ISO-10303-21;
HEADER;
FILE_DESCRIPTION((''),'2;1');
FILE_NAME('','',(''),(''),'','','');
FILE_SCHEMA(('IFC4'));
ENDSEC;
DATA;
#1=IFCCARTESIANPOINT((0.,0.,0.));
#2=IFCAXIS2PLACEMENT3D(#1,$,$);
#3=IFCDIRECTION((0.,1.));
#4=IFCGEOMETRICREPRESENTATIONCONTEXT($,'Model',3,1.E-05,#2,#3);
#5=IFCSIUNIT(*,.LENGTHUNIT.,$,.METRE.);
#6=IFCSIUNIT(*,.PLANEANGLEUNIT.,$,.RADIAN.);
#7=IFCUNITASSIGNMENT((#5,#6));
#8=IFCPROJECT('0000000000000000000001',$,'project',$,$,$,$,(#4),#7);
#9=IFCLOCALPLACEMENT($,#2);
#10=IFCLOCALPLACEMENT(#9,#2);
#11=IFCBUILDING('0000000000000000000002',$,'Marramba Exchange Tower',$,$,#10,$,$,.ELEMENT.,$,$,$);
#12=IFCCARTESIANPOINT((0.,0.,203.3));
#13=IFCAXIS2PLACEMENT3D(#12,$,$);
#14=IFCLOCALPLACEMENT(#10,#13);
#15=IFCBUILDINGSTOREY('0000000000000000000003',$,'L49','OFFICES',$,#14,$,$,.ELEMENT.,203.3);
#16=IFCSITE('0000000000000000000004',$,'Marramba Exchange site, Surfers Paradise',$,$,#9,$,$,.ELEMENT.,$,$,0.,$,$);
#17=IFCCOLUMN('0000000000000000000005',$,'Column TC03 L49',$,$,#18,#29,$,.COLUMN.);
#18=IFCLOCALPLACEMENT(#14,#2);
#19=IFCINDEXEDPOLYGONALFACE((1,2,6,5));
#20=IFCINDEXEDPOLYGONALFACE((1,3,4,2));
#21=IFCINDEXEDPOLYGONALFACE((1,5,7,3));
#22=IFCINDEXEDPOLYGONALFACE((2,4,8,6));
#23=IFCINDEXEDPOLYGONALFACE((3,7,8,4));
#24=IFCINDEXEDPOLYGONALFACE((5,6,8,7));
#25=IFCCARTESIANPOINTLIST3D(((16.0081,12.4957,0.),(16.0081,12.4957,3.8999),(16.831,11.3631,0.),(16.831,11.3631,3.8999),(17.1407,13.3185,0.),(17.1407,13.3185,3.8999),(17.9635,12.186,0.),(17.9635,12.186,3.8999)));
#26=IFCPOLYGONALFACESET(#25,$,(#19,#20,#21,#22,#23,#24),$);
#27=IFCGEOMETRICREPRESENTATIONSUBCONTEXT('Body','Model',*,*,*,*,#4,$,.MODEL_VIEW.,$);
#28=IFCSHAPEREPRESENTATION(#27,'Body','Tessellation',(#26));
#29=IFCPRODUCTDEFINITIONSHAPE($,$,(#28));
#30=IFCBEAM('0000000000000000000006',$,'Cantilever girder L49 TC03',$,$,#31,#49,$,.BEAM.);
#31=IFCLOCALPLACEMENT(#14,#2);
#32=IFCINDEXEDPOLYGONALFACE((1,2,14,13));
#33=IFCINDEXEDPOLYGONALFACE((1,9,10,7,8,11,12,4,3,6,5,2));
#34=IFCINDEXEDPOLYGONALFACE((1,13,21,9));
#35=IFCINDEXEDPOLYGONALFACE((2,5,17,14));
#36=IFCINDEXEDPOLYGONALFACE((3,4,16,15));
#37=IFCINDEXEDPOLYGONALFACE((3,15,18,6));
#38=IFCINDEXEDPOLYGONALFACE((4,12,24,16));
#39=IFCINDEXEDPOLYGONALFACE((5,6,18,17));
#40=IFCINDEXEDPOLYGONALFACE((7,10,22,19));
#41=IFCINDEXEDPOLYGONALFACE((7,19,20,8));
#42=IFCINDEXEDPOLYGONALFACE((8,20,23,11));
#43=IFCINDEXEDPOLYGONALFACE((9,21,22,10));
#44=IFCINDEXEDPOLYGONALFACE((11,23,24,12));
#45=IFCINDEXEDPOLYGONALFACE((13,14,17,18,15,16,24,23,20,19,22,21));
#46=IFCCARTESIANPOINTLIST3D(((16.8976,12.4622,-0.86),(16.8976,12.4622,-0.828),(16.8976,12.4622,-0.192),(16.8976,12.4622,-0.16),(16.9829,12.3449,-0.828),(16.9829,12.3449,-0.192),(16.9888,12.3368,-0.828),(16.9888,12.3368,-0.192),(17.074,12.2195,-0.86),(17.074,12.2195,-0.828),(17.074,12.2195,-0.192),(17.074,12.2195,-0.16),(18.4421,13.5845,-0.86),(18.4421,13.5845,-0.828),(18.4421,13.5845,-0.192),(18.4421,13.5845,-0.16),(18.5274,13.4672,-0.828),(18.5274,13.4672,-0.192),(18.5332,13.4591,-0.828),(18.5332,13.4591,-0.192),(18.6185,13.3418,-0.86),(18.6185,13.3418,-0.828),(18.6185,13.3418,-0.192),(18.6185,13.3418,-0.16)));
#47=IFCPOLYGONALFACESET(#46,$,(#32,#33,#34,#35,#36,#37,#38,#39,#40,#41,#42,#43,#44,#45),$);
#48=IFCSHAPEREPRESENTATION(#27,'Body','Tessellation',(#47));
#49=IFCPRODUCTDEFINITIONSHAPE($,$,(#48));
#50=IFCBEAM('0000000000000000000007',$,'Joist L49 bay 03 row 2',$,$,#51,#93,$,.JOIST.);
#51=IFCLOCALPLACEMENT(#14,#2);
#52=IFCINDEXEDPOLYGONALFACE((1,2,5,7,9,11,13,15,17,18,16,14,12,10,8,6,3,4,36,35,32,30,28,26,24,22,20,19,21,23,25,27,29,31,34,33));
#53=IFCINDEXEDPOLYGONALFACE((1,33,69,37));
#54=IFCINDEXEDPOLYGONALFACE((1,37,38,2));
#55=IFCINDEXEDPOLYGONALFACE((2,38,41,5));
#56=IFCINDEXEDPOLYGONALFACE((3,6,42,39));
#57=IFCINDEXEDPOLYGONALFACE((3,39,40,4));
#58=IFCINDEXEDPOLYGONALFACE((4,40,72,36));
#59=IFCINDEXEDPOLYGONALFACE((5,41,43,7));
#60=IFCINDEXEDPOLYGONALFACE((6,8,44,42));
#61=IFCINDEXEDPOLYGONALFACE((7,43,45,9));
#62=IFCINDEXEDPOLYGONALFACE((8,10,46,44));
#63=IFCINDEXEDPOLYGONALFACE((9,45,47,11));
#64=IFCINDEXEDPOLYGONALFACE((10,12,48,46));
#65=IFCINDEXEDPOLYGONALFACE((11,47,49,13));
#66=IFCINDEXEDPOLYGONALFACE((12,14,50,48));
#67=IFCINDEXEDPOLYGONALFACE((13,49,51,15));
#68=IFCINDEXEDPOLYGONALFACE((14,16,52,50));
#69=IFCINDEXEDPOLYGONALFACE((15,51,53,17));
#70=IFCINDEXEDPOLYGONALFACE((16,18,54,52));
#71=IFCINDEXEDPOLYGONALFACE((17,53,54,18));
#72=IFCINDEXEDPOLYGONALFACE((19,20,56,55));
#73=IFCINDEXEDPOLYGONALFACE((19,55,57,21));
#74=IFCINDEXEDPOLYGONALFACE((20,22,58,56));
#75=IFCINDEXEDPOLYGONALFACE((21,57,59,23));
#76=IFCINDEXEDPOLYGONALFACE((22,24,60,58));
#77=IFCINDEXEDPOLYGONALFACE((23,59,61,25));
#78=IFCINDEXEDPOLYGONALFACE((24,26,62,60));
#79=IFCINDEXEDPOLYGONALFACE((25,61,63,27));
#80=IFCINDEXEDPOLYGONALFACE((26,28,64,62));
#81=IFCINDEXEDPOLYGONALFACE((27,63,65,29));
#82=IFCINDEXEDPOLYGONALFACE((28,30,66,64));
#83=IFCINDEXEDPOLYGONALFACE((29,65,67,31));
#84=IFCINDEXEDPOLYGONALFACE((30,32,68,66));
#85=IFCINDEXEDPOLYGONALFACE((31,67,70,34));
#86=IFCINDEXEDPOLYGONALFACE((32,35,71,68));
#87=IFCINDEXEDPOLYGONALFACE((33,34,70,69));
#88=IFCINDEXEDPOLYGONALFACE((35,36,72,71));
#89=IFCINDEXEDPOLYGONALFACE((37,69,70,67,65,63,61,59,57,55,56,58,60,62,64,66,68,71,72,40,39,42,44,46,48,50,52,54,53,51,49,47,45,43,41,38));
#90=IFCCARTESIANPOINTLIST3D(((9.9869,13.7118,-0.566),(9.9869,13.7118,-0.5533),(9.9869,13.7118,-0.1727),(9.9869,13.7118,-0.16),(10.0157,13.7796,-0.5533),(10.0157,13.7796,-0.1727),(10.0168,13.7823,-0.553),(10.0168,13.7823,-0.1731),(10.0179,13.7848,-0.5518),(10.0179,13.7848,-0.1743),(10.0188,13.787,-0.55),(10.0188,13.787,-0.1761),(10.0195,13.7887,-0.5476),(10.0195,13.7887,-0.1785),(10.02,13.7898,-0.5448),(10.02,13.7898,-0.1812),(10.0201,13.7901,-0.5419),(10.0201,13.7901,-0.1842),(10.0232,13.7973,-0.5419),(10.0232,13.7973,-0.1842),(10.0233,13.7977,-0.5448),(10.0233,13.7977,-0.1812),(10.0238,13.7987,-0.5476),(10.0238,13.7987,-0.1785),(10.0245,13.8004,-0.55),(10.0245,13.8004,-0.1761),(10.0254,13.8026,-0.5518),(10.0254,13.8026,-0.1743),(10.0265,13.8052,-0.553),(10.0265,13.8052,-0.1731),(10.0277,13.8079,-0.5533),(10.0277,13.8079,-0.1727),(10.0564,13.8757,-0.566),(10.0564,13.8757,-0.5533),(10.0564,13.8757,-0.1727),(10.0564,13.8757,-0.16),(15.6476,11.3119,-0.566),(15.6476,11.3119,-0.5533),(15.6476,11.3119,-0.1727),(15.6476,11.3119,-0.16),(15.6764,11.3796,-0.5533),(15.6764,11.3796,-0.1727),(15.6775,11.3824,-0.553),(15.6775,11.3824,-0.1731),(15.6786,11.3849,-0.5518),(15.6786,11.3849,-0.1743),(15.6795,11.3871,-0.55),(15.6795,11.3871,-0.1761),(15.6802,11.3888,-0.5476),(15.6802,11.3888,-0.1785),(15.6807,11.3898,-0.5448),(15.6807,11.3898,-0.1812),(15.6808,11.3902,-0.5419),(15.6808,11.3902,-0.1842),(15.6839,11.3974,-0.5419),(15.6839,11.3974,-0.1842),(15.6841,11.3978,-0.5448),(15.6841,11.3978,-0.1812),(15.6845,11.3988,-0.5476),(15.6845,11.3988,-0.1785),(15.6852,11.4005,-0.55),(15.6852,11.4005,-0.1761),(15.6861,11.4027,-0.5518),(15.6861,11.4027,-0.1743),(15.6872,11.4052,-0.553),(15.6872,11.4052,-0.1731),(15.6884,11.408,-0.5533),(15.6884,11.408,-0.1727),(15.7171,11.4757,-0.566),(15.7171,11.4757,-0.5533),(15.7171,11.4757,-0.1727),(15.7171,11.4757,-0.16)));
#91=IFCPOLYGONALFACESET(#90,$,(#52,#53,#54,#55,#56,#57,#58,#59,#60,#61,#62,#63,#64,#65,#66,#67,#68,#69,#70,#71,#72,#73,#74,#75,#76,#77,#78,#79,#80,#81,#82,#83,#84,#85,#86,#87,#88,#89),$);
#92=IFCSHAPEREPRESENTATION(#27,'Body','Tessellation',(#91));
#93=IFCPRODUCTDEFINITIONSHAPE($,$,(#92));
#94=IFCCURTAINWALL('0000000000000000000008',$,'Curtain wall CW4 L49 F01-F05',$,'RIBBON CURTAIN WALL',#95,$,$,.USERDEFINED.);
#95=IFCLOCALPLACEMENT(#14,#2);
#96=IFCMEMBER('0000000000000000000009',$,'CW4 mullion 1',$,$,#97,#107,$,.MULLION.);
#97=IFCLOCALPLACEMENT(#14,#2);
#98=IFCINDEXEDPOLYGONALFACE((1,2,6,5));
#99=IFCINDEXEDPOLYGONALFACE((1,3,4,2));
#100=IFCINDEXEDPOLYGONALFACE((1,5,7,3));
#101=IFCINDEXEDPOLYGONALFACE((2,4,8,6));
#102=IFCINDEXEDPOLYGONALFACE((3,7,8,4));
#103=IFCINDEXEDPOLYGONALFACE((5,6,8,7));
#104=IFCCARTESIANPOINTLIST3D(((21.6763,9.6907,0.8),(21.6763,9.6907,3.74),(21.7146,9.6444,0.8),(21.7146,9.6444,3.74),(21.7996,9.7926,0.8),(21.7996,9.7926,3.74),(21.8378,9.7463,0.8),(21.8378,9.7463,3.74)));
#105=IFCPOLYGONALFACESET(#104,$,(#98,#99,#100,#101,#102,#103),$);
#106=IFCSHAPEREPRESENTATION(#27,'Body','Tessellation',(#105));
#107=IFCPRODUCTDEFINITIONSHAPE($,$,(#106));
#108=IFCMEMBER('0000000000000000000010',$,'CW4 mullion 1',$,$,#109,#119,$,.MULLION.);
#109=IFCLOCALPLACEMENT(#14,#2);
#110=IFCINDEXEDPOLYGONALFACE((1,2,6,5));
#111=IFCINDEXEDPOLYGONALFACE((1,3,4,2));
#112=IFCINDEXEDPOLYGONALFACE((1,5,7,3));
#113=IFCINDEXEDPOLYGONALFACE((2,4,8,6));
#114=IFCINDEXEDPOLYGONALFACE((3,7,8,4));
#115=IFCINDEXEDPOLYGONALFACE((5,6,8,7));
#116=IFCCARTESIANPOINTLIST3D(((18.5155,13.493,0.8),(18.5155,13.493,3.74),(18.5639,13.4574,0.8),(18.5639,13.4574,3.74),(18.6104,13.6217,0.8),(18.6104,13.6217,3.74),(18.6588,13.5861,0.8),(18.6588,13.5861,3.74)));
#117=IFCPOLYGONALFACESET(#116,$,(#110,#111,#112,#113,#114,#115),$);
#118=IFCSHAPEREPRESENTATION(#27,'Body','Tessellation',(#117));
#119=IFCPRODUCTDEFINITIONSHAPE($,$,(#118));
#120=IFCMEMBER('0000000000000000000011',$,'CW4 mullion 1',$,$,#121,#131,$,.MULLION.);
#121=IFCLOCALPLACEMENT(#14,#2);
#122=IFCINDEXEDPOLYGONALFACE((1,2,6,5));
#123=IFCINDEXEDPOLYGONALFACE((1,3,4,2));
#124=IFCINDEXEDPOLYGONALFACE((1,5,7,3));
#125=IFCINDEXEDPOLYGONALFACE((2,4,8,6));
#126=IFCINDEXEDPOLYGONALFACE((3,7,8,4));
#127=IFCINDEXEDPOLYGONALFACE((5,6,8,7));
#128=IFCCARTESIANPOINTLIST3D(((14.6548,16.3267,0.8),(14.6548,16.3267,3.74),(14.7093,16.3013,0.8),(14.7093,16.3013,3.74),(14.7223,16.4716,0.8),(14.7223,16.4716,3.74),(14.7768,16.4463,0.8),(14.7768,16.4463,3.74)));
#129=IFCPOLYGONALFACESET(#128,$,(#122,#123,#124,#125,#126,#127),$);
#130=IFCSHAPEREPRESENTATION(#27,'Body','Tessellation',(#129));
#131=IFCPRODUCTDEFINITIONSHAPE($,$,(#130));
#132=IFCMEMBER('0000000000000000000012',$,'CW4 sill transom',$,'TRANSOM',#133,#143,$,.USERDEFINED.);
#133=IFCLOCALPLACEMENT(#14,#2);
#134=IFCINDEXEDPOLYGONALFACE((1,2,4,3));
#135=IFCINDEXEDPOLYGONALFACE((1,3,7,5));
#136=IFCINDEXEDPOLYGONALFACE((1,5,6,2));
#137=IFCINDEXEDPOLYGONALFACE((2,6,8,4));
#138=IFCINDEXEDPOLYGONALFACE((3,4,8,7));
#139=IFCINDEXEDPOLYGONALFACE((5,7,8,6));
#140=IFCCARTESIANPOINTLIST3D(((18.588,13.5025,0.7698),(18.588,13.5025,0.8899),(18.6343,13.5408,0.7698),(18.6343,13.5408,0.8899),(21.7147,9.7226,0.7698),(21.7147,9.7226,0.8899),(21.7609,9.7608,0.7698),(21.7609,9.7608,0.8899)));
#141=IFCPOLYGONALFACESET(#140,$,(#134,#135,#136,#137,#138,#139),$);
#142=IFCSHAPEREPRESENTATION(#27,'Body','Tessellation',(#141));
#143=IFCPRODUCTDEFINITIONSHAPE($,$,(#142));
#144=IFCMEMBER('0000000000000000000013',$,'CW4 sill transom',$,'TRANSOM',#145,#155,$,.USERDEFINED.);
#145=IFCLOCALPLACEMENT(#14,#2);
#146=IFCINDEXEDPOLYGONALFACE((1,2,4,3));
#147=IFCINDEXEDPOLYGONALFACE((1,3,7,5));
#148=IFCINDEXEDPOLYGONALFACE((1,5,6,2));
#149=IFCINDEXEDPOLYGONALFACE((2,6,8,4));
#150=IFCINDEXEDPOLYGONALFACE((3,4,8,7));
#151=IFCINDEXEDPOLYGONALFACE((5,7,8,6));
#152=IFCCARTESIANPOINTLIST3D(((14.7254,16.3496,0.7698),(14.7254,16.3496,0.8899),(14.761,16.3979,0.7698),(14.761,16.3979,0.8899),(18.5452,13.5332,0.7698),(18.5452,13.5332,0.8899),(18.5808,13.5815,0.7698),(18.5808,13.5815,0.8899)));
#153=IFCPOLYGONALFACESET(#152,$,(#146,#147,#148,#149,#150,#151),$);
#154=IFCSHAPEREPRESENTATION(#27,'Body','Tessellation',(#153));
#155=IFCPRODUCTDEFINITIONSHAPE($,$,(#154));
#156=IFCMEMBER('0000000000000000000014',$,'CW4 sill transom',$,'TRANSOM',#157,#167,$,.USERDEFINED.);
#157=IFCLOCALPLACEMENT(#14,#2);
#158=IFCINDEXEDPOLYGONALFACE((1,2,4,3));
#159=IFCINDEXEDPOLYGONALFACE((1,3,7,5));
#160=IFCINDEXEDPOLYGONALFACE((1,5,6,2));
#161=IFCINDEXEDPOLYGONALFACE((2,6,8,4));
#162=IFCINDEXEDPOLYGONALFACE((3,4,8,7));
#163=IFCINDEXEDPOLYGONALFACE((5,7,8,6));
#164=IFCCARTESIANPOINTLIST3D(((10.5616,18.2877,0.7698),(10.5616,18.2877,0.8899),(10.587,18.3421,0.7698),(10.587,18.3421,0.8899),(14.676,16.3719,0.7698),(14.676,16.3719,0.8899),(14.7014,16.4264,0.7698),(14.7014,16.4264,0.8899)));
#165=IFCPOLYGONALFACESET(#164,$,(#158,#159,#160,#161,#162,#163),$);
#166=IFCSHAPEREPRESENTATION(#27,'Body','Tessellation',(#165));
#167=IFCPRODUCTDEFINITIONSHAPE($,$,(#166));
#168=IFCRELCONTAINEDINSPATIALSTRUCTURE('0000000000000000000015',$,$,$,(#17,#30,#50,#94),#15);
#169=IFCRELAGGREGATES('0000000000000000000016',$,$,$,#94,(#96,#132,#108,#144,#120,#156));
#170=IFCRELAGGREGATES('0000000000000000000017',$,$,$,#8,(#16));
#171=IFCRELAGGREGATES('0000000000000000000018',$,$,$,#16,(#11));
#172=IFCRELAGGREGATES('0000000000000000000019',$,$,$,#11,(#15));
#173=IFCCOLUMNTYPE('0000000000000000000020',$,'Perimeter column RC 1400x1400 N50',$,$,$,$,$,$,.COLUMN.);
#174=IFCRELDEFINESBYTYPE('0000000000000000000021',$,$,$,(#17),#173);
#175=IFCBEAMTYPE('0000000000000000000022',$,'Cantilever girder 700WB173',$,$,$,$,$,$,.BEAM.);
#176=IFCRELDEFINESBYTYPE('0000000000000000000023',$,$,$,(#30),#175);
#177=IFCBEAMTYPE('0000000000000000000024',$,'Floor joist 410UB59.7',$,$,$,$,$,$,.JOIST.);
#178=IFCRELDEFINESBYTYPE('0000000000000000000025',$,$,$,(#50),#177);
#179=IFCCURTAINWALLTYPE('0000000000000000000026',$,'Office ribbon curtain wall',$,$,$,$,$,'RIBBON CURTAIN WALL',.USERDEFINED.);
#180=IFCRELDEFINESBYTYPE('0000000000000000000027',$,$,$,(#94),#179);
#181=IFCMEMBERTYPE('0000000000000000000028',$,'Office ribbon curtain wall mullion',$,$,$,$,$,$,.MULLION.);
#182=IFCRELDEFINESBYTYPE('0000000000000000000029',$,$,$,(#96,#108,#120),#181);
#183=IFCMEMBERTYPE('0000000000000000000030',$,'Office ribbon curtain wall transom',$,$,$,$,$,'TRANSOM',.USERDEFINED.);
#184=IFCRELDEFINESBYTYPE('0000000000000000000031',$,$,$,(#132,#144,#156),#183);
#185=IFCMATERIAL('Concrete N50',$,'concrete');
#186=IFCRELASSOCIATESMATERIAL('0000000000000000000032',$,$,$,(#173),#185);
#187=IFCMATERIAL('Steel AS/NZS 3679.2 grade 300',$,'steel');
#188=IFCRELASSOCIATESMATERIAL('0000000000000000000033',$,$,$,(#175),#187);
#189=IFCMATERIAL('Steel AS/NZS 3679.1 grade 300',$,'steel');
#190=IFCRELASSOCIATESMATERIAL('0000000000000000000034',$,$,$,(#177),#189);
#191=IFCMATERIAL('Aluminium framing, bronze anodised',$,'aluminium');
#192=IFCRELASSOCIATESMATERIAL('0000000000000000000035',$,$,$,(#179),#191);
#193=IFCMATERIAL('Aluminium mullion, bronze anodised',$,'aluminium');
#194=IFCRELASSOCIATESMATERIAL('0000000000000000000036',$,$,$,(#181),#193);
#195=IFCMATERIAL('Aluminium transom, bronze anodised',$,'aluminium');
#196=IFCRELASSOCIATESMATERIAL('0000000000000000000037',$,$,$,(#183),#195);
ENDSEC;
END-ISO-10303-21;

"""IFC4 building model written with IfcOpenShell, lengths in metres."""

from ifc_helpers import new_model, si_unit, direction, frame, origin, origin_2d, place, context, subcontext, project, spatial, rectangle, i_section, extrude, material, material_profile, profile_set, type_object, element, aggregate, save


model = new_model("IFC4")

# Units and contexts
model_context = context("Model", 3, precision=1e-05, world=origin(), true_north=direction((0.0, 1.0)))
body_context = subcontext(model_context, "Body", "Model", "MODEL_VIEW")
ifc_project = project(units=[si_unit("LENGTHUNIT", "METRE"), si_unit("PLANEANGLEUNIT", "RADIAN")], contexts=[model_context])

# Site, building, storey
site_placement = place(None, origin())
site = spatial("IfcSite", under=ifc_project, at=site_placement, Name="Marramba Exchange site, Surfers Paradise", CompositionType="ELEMENT", RefElevation=0.0)
building_placement = place(site_placement, origin())
building = spatial("IfcBuilding", under=site, at=building_placement, Name="Marramba Exchange Tower", CompositionType="ELEMENT")
storey_placement = place(building_placement, frame((0.0, 0.0, 203.3)))
storey = spatial("IfcBuildingStorey", under=building, at=storey_placement, Name="L49", Description="OFFICES", CompositionType="ELEMENT", Elevation=203.3)

# Column
ifc_material_1 = material(Name="Concrete N50", Category="concrete")
ifc_material_profile_1 = material_profile(ifc_material_1, rectangle(XDim=1.3999, YDim=1.3999, at=origin_2d()), Name="RC 1400x1400")
ifc_profile_set_1 = profile_set([ifc_material_profile_1], Name="Concrete N50")
column_type = type_object("IfcColumnType", Name="Perimeter column RC 1400x1400 N50", PredefinedType="COLUMN", material=ifc_profile_set_1)
column_placement = place(storey_placement, frame((16.9858, 12.3408, 0.0), z_axis=(0.0, 0.0, 1.0), x_axis=(0.809017, 0.587785, 0.0)))
element("IfcColumn", 1, at=column_placement, inside=storey, type_object=column_type, Name="Column TC03 L49", PredefinedType="COLUMN", context=body_context, shape_type="SweptSolid", body=[
    extrude(rectangle(XDim=1.3999, YDim=1.3999, at=origin_2d()), origin(), (0.0, 0.0, 1.0), 3.8999),
])

# Beams
ifc_material_2 = material(Name="Steel AS/NZS 3679.2 grade 300", Category="steel")
ifc_material_profile_2 = material_profile(ifc_material_2, i_section(OverallWidth=0.3, OverallDepth=0.7, WebThickness=0.01, FlangeThickness=0.032, at=origin_2d()), Name="700WB173")
ifc_profile_set_2 = profile_set([ifc_material_profile_2], Name="Steel AS/NZS 3679.2 grade 300")
beam_type_1 = type_object("IfcBeamType", Name="Cantilever girder 700WB173", PredefinedType="BEAM", material=ifc_profile_set_2)
beam_1_placement = place(storey_placement, frame((16.9858, 12.3408, -0.51), z_axis=(0.808963, 0.58786, 0.0), x_axis=(-0.58786, 0.808963, 0.0)))
element("IfcBeam", 2, at=beam_1_placement, inside=storey, type_object=beam_type_1, Name="Cantilever girder L49 TC03", PredefinedType="BEAM", context=body_context, shape_type="SweptSolid", body=[
    extrude(i_section(OverallWidth=0.3, OverallDepth=0.7, WebThickness=0.01, FlangeThickness=0.032, at=origin_2d()), origin(), (0.0, 0.0, 1.0), 1.9092),
])
ifc_material_3 = material(Name="Steel AS/NZS 3679.1 grade 300", Category="steel")
ifc_material_profile_3 = material_profile(ifc_material_3, i_section(OverallWidth=0.178, OverallDepth=0.406, WebThickness=0.0078, FlangeThickness=0.0127, FilletRadius=0.0115, at=origin_2d()), Name="410UB59.7")
ifc_profile_set_3 = profile_set([ifc_material_profile_3], Name="Steel AS/NZS 3679.1 grade 300")
beam_type_2 = type_object("IfcBeamType", Name="Floor joist 410UB59.7", PredefinedType="JOIST", material=ifc_profile_set_3)
beam_2_placement = place(storey_placement, frame((15.6824, 11.3938, -0.363), z_axis=(-0.920674, 0.390332, 0.0), x_axis=(-0.390332, -0.920674, 0.0)))
element("IfcBeam", 3, at=beam_2_placement, inside=storey, type_object=beam_type_2, Name="Joist L49 bay 03 row 2", PredefinedType="JOIST", context=body_context, shape_type="SweptSolid", body=[
    extrude(i_section(OverallWidth=0.178, OverallDepth=0.406, WebThickness=0.0078, FlangeThickness=0.0127, FilletRadius=0.0115, at=origin_2d()), origin(), (0.0, 0.0, 1.0), 6.1484),
])

# Curtain wall, members
ifc_material_4 = material(Name="Aluminium framing, bronze anodised", Category="aluminium")
curtain_wall_type = type_object("IfcCurtainWallType", Name="Office ribbon curtain wall", ElementType="RIBBON CURTAIN WALL", PredefinedType="USERDEFINED", material=ifc_material_4)
curtain_wall_placement = place(storey_placement, origin())
curtain_wall = element("IfcCurtainWall", 4, at=curtain_wall_placement, inside=storey, type_object=curtain_wall_type, Name="Curtain wall CW4 L49 F01-F05", ObjectType="RIBBON CURTAIN WALL", PredefinedType="USERDEFINED")
ifc_material_5 = material(Name="Aluminium mullion, bronze anodised", Category="aluminium")
ifc_material_profile_4 = material_profile(ifc_material_5, rectangle(XDim=0.1599, YDim=0.0601, at=origin_2d()), Name="CW4 mullion 60x160")
ifc_profile_set_4 = profile_set([ifc_material_profile_4], Name="Aluminium mullion, bronze anodised")
member_type_1 = type_object("IfcMemberType", Name="Office ribbon curtain wall mullion", PredefinedType="MULLION", material=ifc_profile_set_4)
member_1_placement = place(storey_placement, frame((21.7571, 9.7185, 0.8), z_axis=(0.0, 0.0, 1.0), x_axis=(-0.770574, -0.63735, 0.0)))
member_1 = element("IfcMember", 5, at=member_1_placement, type_object=member_type_1, Name="CW4 mullion 1", PredefinedType="MULLION", context=body_context, shape_type="SweptSolid", body=[
    extrude(rectangle(XDim=0.1599, YDim=0.0601, at=origin_2d()), origin(), (0.0, 0.0, 1.0), 2.9399),
])
member_2_placement = place(storey_placement, frame((18.5872, 13.5396, 0.8), z_axis=(0.0, 0.0, 1.0), x_axis=(-0.593441, -0.804877, 0.0)))
member_2 = element("IfcMember", 6, at=member_2_placement, type_object=member_type_1, Name="CW4 mullion 1", PredefinedType="MULLION", context=body_context, shape_type="SweptSolid", body=[
    extrude(rectangle(XDim=0.1599, YDim=0.0601, at=origin_2d()), origin(), (0.0, 0.0, 1.0), 2.9399),
])
member_3_placement = place(storey_placement, frame((14.7158, 16.3865, 0.8), z_axis=(0.0, 0.0, 1.0), x_axis=(-0.422133, -0.906534, 0.0)))
member_3 = element("IfcMember", 7, at=member_3_placement, type_object=member_type_1, Name="CW4 mullion 1", PredefinedType="MULLION", context=body_context, shape_type="SweptSolid", body=[
    extrude(rectangle(XDim=0.1599, YDim=0.0601, at=origin_2d()), origin(), (0.0, 0.0, 1.0), 2.9399),
])
ifc_material_6 = material(Name="Aluminium transom, bronze anodised", Category="aluminium")
ifc_material_profile_5 = material_profile(ifc_material_6, rectangle(XDim=0.0601, YDim=0.1201, at=origin_2d()), Name="CW4 transom 60x120")
ifc_profile_set_5 = profile_set([ifc_material_profile_5], Name="Aluminium transom, bronze anodised")
member_type_2 = type_object("IfcMemberType", Name="Office ribbon curtain wall transom", ElementType="TRANSOM", PredefinedType="USERDEFINED", material=ifc_profile_set_5)
member_4_placement = place(storey_placement, frame((21.7378, 9.7417, 0.8298), z_axis=(-0.637375, 0.770554, 0.0), x_axis=(-0.770554, -0.637375, 0.0)))
member_4 = element("IfcMember", 8, at=member_4_placement, type_object=member_type_2, Name="CW4 sill transom", ObjectType="TRANSOM", PredefinedType="USERDEFINED", context=body_context, shape_type="SweptSolid", body=[
    extrude(rectangle(XDim=0.0601, YDim=0.1201, at=origin_2d()), origin(), (0.0, 0.0, 1.0), 4.9055),
])
member_5_placement = place(storey_placement, frame((18.563, 13.5574, 0.8298), z_axis=(-0.804875, 0.593445, 0.0), x_axis=(-0.593445, -0.804875, 0.0)))
member_5 = element("IfcMember", 9, at=member_5_placement, type_object=member_type_2, Name="CW4 sill transom", ObjectType="TRANSOM", PredefinedType="USERDEFINED", context=body_context, shape_type="SweptSolid", body=[
    extrude(rectangle(XDim=0.0601, YDim=0.1201, at=origin_2d()), origin(), (0.0, 0.0, 1.0), 4.7458),
])
member_6_placement = place(storey_placement, frame((14.6887, 16.3992, 0.8298), z_axis=(-0.906548, 0.422102, 0.0), x_axis=(-0.422102, -0.906548, 0.0)))
member_6 = element("IfcMember", 10, at=member_6_placement, type_object=member_type_2, Name="CW4 sill transom", ObjectType="TRANSOM", PredefinedType="USERDEFINED", context=body_context, shape_type="SweptSolid", body=[
    extrude(rectangle(XDim=0.0601, YDim=0.1201, at=origin_2d()), origin(), (0.0, 0.0, 1.0), 4.5386),
])

aggregate(curtain_wall, [member_1, member_4, member_2, member_5, member_3, member_6])

save(model, "model.ifc")
